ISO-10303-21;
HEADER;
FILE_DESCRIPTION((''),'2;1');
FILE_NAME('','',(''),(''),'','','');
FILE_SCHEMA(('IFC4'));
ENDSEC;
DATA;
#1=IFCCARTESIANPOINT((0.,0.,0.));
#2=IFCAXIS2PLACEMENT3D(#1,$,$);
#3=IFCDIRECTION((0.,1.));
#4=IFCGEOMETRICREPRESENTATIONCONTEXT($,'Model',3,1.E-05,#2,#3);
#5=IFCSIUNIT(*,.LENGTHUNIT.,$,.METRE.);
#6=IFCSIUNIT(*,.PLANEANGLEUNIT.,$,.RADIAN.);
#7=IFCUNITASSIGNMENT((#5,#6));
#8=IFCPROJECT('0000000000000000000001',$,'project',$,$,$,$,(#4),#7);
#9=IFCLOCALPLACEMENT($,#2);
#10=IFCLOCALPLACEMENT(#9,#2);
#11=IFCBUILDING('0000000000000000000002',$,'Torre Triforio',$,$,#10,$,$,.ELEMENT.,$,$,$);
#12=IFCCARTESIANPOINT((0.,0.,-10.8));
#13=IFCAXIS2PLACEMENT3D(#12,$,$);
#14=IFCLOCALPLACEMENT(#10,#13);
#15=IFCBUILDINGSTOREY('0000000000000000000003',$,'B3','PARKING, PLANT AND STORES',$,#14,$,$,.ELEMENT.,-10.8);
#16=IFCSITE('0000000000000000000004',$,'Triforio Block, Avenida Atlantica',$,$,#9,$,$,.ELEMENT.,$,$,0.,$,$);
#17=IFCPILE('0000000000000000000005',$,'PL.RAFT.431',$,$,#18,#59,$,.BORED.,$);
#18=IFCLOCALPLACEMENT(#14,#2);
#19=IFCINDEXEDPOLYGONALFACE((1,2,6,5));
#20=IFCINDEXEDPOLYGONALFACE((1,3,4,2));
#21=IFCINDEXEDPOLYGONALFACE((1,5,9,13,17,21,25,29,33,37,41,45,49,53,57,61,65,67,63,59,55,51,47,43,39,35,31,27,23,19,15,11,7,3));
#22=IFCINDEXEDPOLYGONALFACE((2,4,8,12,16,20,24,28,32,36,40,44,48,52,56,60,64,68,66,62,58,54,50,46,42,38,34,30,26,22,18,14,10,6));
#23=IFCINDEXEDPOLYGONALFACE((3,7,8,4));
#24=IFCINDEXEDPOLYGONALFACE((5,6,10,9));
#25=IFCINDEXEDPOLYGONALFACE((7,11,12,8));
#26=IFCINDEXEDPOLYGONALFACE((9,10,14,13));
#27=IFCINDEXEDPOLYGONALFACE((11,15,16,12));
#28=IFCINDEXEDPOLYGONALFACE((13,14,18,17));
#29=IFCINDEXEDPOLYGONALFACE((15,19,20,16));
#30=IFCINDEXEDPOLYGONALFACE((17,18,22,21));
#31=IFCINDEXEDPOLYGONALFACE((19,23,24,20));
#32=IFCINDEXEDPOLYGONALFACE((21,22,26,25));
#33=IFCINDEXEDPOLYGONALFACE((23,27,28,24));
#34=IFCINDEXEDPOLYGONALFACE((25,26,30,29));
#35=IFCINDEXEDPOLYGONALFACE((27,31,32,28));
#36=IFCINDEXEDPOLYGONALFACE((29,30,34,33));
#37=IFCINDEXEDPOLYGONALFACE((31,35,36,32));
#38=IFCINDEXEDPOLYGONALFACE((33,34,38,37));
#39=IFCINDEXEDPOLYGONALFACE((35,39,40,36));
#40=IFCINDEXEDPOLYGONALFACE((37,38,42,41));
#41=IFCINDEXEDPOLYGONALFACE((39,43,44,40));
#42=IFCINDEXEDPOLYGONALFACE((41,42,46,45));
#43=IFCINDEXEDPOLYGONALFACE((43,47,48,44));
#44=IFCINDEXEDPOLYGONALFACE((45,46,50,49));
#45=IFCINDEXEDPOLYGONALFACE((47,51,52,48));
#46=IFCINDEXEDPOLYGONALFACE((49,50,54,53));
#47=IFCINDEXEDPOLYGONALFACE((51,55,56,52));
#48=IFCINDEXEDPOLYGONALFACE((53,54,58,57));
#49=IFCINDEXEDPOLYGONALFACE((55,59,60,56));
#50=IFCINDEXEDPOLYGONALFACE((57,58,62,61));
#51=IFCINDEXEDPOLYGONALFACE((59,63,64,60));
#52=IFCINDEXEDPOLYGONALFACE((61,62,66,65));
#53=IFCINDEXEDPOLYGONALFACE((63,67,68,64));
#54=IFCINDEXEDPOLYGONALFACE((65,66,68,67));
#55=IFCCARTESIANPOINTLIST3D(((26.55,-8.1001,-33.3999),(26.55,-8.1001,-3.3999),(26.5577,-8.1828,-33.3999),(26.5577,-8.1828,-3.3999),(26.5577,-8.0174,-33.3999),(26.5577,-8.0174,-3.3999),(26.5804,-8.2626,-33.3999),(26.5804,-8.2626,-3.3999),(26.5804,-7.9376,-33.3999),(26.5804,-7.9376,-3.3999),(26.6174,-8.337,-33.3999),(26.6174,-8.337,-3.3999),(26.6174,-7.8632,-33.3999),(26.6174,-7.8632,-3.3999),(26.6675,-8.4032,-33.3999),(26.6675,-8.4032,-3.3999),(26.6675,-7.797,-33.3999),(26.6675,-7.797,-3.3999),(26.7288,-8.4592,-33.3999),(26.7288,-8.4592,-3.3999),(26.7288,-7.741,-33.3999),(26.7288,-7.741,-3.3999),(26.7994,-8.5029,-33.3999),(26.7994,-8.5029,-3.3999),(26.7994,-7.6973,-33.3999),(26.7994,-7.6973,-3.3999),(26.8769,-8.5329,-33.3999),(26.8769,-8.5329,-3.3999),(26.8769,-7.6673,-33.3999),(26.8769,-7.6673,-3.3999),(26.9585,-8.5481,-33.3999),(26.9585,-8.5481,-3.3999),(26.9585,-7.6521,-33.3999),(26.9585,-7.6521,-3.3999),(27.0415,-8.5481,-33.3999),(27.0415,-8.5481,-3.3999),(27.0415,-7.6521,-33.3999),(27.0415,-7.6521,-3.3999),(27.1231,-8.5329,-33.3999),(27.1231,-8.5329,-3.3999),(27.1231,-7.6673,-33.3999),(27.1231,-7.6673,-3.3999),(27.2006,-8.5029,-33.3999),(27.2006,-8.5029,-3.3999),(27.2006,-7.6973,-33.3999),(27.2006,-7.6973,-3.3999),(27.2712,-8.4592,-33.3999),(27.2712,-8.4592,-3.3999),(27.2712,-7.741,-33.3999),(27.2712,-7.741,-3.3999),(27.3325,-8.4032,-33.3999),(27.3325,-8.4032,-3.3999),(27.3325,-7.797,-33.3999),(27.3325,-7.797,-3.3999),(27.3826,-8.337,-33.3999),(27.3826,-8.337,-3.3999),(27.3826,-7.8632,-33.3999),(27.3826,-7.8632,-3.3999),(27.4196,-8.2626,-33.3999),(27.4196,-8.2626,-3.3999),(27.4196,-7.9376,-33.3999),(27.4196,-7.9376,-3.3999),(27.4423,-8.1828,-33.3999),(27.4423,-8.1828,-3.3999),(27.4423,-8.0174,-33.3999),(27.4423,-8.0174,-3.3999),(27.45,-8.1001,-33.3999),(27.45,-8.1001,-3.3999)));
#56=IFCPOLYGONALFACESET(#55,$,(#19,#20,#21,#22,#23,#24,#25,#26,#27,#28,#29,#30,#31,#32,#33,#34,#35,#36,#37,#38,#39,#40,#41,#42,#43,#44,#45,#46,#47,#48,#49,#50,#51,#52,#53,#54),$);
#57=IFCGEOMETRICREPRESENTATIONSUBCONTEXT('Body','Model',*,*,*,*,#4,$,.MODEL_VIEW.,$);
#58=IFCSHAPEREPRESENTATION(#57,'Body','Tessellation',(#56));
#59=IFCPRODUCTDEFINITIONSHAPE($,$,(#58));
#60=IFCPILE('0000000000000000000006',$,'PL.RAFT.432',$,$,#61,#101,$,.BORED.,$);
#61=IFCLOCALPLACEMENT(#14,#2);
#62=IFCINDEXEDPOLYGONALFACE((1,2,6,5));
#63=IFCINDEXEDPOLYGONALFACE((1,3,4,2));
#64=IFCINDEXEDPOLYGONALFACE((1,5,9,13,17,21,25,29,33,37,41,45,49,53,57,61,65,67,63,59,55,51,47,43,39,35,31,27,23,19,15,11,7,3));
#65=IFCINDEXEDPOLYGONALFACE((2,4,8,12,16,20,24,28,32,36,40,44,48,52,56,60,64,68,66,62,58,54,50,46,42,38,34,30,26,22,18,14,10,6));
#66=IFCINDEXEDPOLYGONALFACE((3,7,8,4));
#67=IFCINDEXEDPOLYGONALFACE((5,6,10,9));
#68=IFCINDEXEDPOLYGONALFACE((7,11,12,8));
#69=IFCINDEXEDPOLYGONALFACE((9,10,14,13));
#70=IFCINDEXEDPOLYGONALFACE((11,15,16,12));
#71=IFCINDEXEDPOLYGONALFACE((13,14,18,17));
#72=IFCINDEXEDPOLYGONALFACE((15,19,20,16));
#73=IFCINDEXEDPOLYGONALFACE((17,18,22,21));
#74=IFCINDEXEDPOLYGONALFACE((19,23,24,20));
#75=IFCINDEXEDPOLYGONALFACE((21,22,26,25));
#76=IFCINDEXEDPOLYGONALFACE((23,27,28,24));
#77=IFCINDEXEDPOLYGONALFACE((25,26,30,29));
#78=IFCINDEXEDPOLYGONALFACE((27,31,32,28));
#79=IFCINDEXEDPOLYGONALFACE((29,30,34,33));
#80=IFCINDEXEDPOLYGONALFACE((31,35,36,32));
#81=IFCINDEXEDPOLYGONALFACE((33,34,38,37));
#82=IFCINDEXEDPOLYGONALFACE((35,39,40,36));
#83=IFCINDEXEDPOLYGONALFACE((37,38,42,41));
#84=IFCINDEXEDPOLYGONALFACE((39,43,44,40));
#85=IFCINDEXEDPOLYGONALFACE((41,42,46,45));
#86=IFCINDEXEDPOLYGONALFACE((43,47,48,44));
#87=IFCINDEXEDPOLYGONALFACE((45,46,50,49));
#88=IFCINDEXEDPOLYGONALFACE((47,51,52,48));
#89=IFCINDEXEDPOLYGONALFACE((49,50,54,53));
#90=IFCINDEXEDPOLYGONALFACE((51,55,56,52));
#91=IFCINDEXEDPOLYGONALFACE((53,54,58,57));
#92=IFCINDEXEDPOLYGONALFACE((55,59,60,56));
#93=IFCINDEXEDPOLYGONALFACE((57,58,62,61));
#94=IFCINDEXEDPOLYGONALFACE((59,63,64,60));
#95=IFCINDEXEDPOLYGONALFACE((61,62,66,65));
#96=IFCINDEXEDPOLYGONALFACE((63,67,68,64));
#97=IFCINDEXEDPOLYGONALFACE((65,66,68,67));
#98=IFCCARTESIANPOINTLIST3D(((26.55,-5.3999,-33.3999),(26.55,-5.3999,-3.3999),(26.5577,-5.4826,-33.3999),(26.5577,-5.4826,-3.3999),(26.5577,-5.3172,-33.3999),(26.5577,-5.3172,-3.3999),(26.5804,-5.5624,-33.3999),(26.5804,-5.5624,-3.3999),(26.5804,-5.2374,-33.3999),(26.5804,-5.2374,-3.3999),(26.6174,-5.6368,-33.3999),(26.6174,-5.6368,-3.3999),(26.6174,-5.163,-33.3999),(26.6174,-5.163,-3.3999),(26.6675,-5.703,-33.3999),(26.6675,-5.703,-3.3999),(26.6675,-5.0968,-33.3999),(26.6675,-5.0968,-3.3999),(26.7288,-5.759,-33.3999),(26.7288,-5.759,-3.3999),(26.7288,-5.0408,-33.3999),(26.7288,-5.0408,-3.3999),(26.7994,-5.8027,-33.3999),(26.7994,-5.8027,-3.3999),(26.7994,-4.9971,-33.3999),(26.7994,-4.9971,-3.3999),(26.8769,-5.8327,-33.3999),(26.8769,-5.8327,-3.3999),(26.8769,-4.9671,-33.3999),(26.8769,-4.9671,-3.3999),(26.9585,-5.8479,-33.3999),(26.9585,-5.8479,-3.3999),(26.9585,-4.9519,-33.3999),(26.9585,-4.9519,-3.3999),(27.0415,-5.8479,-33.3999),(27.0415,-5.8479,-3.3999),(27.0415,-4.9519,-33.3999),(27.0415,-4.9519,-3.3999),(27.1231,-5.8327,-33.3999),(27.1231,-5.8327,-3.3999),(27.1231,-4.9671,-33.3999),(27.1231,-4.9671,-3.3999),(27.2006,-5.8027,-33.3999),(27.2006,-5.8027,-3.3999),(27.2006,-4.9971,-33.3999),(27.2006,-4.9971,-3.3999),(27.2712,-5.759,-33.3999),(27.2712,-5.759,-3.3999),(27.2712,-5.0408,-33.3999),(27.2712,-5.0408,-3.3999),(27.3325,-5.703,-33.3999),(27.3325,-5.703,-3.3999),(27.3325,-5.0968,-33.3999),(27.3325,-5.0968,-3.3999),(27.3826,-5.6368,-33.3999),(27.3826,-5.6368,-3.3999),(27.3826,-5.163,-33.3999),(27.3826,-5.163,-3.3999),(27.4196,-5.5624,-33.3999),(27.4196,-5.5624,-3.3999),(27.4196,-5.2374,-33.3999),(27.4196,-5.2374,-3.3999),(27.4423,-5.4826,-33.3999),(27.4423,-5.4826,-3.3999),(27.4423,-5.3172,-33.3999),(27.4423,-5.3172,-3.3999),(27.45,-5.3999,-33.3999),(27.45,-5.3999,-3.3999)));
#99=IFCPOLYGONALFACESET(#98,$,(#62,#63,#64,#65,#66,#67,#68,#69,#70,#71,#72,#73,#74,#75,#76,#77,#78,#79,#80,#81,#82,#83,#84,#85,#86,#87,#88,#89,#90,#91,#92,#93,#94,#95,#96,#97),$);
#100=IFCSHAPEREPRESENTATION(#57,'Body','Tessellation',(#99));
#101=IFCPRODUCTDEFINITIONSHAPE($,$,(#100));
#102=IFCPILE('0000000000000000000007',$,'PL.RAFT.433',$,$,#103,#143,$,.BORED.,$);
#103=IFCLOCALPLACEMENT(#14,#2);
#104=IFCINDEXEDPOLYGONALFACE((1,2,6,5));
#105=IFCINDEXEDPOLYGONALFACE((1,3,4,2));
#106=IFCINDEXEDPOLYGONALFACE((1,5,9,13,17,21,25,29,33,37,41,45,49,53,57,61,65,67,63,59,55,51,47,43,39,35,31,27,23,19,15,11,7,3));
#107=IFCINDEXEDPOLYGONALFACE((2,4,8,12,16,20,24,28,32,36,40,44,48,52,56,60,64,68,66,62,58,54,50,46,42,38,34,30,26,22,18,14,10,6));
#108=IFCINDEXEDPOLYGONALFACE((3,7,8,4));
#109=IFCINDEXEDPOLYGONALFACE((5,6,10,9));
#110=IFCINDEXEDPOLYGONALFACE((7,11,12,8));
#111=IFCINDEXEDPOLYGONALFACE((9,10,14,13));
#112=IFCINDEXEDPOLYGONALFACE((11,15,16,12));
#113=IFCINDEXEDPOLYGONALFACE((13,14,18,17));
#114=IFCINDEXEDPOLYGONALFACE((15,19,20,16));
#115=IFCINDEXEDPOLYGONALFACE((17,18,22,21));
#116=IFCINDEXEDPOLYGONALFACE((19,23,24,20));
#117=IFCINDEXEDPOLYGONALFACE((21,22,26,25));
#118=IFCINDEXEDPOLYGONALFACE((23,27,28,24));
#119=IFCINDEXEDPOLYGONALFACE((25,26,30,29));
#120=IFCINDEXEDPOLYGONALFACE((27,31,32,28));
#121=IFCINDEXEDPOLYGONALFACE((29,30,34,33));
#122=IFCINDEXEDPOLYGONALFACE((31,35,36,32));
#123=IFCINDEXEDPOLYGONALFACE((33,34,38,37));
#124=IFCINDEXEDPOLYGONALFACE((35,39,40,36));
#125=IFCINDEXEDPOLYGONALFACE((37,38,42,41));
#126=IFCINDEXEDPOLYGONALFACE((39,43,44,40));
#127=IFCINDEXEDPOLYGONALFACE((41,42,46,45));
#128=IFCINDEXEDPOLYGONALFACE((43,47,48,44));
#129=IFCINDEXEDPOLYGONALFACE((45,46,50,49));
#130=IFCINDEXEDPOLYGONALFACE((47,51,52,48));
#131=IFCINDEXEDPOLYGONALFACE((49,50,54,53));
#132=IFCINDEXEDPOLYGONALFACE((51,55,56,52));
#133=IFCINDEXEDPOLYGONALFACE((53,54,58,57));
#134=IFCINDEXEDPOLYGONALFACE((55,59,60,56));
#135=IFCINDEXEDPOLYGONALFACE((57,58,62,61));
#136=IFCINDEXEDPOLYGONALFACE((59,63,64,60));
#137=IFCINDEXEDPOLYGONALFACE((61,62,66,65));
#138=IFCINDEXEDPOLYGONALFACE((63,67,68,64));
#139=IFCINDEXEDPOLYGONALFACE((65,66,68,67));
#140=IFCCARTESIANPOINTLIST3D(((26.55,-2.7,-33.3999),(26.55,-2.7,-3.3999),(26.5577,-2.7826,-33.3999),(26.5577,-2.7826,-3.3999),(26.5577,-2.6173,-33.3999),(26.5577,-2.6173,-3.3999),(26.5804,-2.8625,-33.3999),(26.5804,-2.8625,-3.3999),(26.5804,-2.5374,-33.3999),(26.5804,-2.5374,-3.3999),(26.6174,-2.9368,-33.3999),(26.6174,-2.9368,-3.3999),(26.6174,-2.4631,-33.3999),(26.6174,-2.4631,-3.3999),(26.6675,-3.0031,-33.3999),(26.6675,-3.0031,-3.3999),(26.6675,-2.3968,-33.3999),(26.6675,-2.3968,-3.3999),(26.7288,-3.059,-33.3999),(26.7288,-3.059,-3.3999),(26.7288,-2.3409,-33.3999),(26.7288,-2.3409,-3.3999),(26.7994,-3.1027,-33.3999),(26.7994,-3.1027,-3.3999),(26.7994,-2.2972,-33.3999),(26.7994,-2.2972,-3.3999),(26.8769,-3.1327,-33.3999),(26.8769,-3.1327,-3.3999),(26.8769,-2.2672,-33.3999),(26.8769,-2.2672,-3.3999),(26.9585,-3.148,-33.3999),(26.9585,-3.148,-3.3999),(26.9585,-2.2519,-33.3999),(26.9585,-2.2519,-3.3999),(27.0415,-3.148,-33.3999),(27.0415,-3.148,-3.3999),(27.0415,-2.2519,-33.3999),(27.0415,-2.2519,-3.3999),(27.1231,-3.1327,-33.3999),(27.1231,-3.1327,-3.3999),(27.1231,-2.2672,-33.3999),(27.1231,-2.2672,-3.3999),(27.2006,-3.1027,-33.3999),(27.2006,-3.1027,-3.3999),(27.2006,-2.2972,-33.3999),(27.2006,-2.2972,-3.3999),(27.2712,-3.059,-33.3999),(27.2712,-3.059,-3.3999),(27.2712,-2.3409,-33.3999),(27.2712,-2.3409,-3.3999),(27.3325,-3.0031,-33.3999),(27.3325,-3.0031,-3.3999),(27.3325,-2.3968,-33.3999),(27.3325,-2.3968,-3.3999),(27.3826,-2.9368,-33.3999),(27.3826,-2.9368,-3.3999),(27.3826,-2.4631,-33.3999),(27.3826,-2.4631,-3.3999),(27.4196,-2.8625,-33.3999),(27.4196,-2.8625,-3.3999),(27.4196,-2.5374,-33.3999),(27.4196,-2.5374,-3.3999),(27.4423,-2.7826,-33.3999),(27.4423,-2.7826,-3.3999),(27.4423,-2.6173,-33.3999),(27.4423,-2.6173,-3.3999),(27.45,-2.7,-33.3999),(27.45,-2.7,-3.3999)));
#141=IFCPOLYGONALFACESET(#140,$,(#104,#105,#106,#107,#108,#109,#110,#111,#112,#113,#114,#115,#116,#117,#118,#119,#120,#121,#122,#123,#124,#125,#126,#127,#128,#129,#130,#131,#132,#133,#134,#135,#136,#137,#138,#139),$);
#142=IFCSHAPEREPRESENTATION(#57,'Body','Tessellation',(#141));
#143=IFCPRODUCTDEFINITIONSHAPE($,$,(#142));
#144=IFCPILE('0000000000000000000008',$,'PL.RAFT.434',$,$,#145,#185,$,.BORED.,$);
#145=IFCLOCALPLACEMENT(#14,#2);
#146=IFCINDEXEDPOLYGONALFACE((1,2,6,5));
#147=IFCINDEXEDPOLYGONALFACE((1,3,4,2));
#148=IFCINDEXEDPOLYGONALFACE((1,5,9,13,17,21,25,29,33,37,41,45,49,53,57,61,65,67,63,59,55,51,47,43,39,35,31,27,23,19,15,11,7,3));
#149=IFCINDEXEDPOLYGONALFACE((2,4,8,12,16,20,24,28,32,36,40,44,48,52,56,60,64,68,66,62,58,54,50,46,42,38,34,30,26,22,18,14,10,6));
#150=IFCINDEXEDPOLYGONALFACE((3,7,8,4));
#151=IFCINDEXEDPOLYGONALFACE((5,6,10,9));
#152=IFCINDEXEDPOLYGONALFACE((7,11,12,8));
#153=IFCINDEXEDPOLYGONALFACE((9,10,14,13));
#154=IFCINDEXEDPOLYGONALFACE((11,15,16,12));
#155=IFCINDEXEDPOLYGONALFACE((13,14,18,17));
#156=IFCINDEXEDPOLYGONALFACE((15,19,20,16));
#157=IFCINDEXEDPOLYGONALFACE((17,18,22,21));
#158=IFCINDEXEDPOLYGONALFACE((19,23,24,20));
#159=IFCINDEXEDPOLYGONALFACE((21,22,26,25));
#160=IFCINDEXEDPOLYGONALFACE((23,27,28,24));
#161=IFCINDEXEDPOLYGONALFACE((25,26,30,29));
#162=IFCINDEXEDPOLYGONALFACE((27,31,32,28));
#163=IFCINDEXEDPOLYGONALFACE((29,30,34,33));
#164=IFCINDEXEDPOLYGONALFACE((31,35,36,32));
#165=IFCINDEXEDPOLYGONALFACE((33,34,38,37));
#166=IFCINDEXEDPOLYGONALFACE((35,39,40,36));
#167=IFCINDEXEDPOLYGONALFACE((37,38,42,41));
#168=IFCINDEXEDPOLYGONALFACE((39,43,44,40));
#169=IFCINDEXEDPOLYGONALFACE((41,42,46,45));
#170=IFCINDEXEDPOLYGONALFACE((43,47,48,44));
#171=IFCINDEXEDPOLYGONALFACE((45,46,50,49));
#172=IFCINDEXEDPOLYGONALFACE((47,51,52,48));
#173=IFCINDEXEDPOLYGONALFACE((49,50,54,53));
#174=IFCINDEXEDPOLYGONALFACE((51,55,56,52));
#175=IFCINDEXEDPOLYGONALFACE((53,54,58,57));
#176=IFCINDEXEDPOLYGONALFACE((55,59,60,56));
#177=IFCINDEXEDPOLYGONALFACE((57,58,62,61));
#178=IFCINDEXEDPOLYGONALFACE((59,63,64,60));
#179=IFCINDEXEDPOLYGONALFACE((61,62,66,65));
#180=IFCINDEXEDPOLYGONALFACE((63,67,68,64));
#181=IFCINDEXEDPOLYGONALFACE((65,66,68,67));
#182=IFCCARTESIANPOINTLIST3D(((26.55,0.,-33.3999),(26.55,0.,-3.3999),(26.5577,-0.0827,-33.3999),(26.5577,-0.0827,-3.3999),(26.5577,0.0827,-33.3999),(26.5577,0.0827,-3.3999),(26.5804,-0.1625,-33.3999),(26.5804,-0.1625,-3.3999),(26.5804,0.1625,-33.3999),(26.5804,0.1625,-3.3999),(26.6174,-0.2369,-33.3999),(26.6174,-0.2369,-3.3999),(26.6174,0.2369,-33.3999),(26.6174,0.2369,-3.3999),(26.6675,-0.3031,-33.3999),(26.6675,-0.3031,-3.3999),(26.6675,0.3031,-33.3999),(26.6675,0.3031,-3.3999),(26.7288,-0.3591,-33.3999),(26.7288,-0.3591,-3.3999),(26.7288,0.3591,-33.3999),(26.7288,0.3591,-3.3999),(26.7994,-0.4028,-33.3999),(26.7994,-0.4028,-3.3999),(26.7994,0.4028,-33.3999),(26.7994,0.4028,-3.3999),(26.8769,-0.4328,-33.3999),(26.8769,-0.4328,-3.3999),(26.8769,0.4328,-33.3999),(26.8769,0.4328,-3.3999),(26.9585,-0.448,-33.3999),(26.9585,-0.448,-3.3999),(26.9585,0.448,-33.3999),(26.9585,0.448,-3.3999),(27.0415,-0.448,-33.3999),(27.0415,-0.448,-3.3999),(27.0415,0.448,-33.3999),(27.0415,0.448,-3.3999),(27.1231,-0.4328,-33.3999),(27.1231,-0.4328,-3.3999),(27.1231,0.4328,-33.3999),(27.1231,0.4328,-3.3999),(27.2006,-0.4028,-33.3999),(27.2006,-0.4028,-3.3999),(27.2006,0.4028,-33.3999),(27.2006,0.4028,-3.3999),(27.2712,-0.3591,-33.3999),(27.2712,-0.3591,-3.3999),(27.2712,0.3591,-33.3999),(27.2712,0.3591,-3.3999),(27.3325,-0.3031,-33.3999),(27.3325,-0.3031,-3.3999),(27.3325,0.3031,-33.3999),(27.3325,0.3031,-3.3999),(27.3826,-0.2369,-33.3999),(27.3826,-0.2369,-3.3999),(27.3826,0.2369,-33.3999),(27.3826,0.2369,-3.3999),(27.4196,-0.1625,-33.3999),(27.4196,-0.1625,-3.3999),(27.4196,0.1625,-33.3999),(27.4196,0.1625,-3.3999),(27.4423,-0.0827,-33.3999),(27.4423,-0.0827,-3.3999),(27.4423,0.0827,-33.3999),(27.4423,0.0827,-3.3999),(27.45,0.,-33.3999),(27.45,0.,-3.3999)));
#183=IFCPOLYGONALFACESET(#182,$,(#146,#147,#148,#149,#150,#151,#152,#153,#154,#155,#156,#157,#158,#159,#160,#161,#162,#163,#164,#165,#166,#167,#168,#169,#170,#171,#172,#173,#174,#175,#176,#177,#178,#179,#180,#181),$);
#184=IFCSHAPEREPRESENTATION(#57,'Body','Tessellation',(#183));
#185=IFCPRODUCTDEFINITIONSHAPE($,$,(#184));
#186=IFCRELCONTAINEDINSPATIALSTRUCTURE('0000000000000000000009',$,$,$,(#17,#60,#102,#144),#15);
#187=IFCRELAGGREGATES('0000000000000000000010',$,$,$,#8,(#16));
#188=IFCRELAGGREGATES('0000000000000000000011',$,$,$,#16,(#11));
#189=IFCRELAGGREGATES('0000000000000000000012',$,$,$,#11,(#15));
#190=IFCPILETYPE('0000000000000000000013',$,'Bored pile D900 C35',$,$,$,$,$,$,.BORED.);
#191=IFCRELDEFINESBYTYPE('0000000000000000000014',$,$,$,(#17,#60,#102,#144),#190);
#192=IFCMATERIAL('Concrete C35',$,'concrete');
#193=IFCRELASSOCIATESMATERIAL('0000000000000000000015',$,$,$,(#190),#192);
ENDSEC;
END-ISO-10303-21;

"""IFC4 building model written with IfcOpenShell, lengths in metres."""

from ifc_helpers import new_model, si_unit, direction, frame, origin, origin_2d, place, context, subcontext, project, spatial, circle, extrude, material, material_profile, profile_set, type_object, element, save


model = new_model("IFC4")

# Units and contexts
model_context = context("Model", 3, precision=1e-05, world=origin(), true_north=direction((0.0, 1.0)))
body_context = subcontext(model_context, "Body", "Model", "MODEL_VIEW")
ifc_project = project(units=[si_unit("LENGTHUNIT", "METRE"), si_unit("PLANEANGLEUNIT", "RADIAN")], contexts=[model_context])

# Site, building, storey
site_placement = place(None, origin())
site = spatial("IfcSite", under=ifc_project, at=site_placement, Name="Triforio Block, Avenida Atlantica", CompositionType="ELEMENT", RefElevation=0.0)
building_placement = place(site_placement, origin())
building = spatial("IfcBuilding", under=site, at=building_placement, Name="Torre Triforio", CompositionType="ELEMENT")
storey_placement = place(building_placement, frame((0.0, 0.0, -10.8)))
storey = spatial("IfcBuildingStorey", under=building, at=storey_placement, Name="B3", Description="PARKING, PLANT AND STORES", CompositionType="ELEMENT", Elevation=-10.8)

# Piles
ifc_material_1 = material(Name="Concrete C35", Category="concrete")
ifc_material_profile_1 = material_profile(ifc_material_1, circle(Radius=0.45, at=origin_2d()), Name="RC D900")
ifc_profile_set_1 = profile_set([ifc_material_profile_1], Name="Concrete C35")
pile_type = type_object("IfcPileType", Name="Bored pile D900 C35", PredefinedType="BORED", material=ifc_profile_set_1)
for number, where, z_axis, x_axis, name in (
    (1, (27.0, -8.1001, -3.3999), (0.0, 0.0, -1.0), (1.0, 0.0, 0.0), "PL.RAFT.431"),
    (2, (27.0, -5.3999, -3.3999), (0.0, 0.0, -1.0), (1.0, 0.0, 0.0), "PL.RAFT.432"),
    (3, (27.0, -2.7, -3.3999), (0.0, 0.0, -1.0), (1.0, 0.0, 0.0), "PL.RAFT.433"),
    (4, (27.0, 0.0, -3.3999), (0.0, 0.0, -1.0), (1.0, 0.0, 0.0), "PL.RAFT.434"),
):
    element("IfcPile", number, at=place(storey_placement, frame(where, z_axis=z_axis, x_axis=x_axis)), inside=storey, type_object=pile_type, Name=name, PredefinedType="BORED", context=body_context, shape_type="SweptSolid", body=[
        extrude(circle(Radius=0.45, at=origin_2d()), origin(), (0.0, 0.0, 1.0), 30.0),
    ])

save(model, "model.ifc")
